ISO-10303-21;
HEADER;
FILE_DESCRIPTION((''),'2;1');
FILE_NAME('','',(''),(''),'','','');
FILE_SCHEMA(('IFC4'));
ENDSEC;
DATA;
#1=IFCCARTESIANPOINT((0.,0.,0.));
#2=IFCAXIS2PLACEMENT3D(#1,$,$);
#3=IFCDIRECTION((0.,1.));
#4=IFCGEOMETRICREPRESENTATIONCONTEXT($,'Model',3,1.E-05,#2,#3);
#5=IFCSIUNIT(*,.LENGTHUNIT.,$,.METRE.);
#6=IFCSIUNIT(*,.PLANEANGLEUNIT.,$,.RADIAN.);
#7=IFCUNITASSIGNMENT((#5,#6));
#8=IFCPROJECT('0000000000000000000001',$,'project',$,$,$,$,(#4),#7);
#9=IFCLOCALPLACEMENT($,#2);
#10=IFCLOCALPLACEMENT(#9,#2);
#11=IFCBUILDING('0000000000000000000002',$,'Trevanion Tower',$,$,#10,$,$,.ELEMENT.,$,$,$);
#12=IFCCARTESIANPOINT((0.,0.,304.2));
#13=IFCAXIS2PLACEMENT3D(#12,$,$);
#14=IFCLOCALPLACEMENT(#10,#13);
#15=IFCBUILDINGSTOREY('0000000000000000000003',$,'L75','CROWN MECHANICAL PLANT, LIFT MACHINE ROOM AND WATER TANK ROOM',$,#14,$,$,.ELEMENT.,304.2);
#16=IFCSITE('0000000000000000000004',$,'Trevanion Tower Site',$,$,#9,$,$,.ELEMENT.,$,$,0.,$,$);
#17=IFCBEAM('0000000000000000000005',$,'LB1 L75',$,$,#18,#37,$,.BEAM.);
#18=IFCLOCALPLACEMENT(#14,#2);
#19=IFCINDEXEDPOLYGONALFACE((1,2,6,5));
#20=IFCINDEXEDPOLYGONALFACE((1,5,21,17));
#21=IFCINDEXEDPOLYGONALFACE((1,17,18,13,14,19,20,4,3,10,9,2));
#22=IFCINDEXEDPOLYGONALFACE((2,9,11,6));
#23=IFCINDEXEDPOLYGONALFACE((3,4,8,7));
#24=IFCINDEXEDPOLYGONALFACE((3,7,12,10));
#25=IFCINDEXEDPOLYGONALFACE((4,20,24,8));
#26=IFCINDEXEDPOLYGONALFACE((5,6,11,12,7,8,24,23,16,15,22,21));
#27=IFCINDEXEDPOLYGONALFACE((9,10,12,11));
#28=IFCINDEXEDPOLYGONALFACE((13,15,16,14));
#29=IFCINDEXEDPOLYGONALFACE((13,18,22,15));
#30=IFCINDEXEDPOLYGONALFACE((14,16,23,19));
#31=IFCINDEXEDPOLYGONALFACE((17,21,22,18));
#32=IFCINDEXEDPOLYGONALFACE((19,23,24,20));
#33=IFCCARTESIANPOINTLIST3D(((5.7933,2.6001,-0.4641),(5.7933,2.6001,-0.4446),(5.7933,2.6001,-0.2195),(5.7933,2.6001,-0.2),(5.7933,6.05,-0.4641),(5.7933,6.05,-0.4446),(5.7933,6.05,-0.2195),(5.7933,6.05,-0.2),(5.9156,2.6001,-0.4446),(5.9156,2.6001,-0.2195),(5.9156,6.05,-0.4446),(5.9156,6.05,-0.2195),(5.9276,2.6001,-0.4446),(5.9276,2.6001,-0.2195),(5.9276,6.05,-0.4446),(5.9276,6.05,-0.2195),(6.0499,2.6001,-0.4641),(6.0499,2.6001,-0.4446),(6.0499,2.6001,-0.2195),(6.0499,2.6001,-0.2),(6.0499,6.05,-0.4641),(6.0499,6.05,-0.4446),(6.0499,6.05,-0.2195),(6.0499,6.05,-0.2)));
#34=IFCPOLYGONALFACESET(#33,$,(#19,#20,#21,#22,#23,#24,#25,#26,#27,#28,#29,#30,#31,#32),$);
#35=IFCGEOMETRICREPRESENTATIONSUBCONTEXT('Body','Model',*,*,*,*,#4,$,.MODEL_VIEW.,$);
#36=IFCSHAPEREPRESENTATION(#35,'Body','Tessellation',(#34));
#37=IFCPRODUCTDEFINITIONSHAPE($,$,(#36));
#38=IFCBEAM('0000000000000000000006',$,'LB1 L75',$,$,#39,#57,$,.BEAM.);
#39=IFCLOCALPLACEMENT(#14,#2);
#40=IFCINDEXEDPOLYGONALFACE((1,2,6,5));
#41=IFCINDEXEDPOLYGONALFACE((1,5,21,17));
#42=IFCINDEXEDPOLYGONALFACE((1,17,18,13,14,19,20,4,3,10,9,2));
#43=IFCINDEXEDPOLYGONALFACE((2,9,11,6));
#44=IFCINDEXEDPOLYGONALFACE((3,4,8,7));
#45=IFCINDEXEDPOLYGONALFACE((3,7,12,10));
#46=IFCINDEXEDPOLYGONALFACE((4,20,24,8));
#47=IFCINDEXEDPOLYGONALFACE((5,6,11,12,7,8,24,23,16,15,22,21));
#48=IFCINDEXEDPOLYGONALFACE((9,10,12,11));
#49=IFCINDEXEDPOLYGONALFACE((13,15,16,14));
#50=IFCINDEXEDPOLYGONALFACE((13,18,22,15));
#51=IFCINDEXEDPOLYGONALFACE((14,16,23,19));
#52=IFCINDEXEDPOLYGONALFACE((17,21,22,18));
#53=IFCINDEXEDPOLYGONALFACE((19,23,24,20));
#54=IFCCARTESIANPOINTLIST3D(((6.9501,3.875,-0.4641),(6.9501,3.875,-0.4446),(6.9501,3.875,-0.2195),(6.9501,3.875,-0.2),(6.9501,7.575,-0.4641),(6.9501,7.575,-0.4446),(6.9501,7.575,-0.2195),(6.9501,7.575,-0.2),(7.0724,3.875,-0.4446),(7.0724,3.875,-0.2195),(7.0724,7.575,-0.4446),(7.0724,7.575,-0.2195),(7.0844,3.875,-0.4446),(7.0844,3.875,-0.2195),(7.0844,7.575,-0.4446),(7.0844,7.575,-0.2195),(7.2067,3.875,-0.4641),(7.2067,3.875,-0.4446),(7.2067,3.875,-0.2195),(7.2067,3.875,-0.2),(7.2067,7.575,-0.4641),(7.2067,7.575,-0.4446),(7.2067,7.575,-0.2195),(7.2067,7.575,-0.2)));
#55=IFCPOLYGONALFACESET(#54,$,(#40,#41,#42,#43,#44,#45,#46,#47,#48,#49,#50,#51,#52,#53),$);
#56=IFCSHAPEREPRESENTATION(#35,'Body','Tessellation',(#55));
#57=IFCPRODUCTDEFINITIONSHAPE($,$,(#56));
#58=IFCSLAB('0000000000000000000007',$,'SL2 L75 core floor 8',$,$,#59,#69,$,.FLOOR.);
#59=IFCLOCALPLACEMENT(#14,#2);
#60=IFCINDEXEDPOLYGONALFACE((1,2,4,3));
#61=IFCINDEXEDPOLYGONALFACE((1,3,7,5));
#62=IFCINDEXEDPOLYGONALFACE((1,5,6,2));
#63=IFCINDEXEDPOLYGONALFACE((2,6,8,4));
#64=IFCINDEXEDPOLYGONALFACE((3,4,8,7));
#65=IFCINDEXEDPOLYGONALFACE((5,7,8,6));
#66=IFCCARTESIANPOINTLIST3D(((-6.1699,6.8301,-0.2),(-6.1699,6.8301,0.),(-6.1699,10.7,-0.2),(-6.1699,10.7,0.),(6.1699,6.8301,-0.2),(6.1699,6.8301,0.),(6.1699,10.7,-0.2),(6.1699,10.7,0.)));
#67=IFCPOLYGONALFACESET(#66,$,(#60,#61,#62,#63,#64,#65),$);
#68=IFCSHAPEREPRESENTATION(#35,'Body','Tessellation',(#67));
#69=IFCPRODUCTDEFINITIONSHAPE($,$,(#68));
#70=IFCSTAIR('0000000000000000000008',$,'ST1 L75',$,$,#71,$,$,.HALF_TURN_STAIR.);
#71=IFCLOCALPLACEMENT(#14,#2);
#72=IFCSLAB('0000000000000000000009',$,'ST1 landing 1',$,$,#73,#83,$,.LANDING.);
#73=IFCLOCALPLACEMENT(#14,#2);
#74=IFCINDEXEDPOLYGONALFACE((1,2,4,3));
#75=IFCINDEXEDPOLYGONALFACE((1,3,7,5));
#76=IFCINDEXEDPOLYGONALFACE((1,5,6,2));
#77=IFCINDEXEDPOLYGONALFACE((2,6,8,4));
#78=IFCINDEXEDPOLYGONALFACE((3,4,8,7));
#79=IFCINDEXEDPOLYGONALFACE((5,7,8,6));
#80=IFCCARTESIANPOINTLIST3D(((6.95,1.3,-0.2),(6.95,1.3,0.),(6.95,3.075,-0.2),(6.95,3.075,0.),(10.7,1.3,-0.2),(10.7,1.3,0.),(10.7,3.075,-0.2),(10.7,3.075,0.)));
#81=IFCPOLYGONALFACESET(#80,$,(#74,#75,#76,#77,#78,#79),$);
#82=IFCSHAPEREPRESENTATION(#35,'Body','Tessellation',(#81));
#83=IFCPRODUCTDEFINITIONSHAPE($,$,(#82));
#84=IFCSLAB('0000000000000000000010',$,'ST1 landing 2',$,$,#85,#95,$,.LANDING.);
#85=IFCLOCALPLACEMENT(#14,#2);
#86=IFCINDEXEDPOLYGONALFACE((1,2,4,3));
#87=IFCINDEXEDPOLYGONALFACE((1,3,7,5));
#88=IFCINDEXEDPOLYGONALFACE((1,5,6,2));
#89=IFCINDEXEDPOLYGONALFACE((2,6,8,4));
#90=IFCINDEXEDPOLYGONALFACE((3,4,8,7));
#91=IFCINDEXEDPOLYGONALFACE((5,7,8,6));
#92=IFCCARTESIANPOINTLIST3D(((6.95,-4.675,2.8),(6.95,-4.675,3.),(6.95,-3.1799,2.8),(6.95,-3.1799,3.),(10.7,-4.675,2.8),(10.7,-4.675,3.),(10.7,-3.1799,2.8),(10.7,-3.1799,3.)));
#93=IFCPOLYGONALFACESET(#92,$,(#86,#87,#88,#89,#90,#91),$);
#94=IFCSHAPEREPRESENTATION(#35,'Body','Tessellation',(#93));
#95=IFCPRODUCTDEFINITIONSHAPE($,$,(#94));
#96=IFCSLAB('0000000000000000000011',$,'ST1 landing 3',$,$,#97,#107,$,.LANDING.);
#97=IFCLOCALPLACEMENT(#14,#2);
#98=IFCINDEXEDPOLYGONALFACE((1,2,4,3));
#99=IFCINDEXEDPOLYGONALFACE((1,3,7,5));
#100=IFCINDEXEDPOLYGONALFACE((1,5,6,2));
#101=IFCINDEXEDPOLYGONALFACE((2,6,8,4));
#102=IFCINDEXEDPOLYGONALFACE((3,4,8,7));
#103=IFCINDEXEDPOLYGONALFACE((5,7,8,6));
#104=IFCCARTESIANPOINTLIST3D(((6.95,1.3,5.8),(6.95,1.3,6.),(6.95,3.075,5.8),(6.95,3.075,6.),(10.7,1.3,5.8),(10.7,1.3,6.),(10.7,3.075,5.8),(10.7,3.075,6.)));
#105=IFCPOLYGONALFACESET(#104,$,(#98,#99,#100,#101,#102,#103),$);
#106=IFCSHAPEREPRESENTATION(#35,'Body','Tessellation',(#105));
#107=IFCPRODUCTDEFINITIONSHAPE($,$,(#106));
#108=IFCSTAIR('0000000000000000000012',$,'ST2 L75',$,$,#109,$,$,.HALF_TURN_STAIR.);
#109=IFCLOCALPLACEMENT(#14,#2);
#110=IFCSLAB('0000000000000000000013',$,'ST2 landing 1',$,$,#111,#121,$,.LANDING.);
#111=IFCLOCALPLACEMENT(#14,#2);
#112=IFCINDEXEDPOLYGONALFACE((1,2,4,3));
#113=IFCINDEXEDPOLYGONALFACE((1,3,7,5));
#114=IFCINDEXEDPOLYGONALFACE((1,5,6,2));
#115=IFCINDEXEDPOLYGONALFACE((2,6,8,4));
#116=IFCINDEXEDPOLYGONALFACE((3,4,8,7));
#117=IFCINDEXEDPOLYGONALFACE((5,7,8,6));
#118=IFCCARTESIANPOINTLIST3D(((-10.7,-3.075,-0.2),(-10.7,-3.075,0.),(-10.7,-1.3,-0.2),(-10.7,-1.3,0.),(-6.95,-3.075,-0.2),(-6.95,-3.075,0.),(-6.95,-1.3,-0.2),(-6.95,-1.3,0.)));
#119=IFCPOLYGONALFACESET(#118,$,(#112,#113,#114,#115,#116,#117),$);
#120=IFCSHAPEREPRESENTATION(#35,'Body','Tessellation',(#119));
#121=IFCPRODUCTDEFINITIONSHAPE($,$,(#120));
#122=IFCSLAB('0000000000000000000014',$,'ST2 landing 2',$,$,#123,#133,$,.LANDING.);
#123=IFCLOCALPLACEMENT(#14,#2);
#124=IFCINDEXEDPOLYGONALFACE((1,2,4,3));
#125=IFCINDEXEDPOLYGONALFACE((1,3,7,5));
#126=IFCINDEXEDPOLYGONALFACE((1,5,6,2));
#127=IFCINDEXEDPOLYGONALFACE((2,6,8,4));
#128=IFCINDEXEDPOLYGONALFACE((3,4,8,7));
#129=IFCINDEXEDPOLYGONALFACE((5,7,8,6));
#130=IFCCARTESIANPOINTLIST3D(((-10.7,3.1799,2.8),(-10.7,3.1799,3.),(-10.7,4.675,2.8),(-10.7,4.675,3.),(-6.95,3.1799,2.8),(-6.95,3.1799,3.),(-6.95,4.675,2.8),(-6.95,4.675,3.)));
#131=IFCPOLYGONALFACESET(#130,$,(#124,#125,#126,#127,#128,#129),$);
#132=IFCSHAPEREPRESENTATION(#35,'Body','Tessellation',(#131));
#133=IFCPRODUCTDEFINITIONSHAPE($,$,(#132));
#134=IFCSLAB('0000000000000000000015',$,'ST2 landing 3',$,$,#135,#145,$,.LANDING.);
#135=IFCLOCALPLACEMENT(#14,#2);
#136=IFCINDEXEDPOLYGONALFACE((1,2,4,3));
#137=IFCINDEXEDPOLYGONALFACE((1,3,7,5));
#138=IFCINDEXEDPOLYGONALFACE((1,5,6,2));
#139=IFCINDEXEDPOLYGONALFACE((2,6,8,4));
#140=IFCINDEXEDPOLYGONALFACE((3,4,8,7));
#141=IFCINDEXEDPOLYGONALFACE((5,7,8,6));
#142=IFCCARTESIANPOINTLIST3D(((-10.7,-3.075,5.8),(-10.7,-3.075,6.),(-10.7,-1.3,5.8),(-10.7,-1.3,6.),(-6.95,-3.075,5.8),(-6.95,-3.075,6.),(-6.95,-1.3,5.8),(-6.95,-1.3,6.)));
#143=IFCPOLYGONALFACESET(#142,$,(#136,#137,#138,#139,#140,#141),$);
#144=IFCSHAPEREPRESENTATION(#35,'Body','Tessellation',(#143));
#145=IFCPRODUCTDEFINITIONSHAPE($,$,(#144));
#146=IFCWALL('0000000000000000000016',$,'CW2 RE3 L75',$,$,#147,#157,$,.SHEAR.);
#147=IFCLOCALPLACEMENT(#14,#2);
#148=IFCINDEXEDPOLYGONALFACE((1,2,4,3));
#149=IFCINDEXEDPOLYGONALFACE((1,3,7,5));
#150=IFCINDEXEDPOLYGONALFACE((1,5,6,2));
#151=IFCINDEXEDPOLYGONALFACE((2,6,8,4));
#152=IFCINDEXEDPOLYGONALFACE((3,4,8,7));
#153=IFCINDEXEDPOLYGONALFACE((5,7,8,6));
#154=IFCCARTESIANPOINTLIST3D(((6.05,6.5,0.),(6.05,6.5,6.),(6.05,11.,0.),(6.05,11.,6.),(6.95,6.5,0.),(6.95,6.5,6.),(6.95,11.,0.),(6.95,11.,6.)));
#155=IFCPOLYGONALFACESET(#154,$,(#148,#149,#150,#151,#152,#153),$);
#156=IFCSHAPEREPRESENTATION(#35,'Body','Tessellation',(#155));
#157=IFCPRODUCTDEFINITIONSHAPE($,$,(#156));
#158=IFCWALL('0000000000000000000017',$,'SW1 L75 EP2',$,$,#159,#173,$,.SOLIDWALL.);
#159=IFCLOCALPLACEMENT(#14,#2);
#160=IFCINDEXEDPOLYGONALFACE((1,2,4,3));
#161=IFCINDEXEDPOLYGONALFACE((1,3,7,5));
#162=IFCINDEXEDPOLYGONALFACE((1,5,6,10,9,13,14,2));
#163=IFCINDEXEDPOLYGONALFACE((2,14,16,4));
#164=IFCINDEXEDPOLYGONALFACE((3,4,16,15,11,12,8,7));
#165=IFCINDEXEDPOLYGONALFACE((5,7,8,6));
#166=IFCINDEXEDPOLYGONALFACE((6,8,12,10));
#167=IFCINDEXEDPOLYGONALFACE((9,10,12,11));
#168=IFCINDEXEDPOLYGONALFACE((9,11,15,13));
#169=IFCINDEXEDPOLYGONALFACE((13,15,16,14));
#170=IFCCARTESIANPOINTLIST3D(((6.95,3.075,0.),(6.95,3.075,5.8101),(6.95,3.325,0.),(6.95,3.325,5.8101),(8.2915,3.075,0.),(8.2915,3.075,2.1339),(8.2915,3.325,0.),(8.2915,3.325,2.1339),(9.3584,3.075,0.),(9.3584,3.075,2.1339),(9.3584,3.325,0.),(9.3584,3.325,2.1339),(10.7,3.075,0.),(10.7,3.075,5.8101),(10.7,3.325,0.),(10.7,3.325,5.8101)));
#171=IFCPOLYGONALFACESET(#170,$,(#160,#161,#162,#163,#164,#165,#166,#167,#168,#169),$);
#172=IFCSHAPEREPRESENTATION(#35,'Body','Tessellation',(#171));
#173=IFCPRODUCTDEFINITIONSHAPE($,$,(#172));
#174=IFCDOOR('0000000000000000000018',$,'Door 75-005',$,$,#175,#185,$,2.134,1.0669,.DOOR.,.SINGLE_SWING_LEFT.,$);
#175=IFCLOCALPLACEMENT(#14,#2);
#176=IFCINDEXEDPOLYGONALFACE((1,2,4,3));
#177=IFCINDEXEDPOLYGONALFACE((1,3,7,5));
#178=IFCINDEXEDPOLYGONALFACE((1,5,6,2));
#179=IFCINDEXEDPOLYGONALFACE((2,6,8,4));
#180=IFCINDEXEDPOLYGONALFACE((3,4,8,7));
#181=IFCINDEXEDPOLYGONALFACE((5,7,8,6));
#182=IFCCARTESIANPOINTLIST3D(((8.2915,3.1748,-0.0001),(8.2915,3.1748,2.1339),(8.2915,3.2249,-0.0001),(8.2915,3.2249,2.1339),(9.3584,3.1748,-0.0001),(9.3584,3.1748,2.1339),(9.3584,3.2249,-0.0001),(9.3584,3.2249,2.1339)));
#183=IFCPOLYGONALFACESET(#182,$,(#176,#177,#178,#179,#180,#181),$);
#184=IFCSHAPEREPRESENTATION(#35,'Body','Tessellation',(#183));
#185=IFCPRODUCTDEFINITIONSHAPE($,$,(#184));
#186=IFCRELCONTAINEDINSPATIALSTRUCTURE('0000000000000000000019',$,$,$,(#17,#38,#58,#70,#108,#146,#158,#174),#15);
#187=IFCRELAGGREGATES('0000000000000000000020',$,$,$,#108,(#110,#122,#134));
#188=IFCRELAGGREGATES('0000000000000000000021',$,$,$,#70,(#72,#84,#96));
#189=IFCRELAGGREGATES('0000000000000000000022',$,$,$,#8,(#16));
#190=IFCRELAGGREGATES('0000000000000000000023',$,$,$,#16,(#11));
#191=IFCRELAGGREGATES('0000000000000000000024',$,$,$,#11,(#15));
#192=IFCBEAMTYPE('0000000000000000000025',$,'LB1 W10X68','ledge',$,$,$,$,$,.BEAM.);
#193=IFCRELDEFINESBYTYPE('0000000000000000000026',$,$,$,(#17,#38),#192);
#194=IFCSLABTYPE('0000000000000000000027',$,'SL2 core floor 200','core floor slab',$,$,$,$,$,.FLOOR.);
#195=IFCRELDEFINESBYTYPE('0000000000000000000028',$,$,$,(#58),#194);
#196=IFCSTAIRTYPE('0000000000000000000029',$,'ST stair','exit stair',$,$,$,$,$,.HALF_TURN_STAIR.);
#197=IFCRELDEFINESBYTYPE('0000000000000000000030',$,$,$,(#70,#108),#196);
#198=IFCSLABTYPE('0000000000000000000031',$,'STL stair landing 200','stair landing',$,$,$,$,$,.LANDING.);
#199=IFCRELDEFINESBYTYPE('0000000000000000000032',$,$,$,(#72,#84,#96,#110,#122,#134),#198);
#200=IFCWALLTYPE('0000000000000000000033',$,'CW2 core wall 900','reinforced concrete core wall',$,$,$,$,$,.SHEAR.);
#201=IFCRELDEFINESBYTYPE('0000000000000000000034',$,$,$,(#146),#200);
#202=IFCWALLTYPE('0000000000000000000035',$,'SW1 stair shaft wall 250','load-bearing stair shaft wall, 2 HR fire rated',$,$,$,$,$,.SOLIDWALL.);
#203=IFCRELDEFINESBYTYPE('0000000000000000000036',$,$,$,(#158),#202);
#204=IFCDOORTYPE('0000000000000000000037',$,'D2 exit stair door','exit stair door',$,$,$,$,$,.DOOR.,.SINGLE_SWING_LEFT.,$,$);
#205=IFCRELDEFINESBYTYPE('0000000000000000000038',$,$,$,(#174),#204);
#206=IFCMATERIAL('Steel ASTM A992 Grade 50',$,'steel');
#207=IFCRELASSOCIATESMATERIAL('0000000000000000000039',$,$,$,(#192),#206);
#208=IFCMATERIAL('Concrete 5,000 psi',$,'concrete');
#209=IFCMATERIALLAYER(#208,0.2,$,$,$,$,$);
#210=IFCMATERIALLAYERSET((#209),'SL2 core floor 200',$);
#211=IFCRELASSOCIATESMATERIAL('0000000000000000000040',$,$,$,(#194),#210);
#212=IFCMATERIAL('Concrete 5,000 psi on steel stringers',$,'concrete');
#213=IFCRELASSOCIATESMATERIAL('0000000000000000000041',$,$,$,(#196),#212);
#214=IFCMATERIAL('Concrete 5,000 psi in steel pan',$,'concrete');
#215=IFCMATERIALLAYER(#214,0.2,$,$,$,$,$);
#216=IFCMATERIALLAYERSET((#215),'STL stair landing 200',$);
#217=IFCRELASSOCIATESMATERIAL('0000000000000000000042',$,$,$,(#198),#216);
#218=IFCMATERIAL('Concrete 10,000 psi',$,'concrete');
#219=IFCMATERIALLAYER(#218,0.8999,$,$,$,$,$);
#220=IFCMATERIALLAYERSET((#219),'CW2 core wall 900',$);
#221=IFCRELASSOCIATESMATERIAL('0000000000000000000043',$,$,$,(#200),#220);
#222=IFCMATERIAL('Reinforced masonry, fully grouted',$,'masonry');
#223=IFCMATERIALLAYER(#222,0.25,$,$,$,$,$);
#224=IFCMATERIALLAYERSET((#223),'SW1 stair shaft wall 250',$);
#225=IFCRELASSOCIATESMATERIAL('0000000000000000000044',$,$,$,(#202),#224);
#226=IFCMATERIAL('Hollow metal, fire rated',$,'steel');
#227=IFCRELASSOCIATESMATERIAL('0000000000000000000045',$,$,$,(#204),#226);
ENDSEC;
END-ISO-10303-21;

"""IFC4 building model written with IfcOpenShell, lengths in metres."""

from ifc_helpers import new_model, si_unit, direction, frame, frame_2d, origin, origin_2d, place, context, subcontext, project, spatial, polyline, rectangle, i_section, outline, extrude, material, layer, layer_set, material_profile, profile_set, type_object, element, fill, aggregate, save


model = new_model("IFC4")

# Units and contexts
model_context = context("Model", 3, precision=1e-05, world=origin(), true_north=direction((0.0, 1.0)))
body_context = subcontext(model_context, "Body", "Model", "MODEL_VIEW")
ifc_project = project(units=[si_unit("LENGTHUNIT", "METRE"), si_unit("PLANEANGLEUNIT", "RADIAN")], contexts=[model_context])

# Site, building, storey
site_placement = place(None, origin())
site = spatial("IfcSite", under=ifc_project, at=site_placement, Name="Trevanion Tower Site", CompositionType="ELEMENT", RefElevation=0.0)
building_placement = place(site_placement, origin())
building = spatial("IfcBuilding", under=site, at=building_placement, Name="Trevanion Tower", CompositionType="ELEMENT")
storey_placement = place(building_placement, frame((0.0, 0.0, 304.2)))
storey = spatial("IfcBuildingStorey", under=building, at=storey_placement, Name="L75", Description="CROWN MECHANICAL PLANT, LIFT MACHINE ROOM AND WATER TANK ROOM", CompositionType="ELEMENT", Elevation=304.2)

# Beams
ifc_material_1 = material(Name="Steel ASTM A992 Grade 50", Category="steel")
ifc_material_profile = material_profile(ifc_material_1, i_section(OverallWidth=0.2566, OverallDepth=0.2642, WebThickness=0.012, FlangeThickness=0.0195, at=origin_2d()), Name="W10X68")
ifc_profile_set = profile_set([ifc_material_profile], Name="Steel ASTM A992 Grade 50")
beam_type = type_object("IfcBeamType", Name="LB1 W10X68", Description="ledge", PredefinedType="BEAM", material=ifc_profile_set)
beam_1_placement = place(storey_placement, frame((5.9216, 2.6001, -0.332), z_axis=(0.0, 1.0, 0.0), x_axis=(-1.0, 0.0, 0.0)))
element("IfcBeam", 1, at=beam_1_placement, inside=storey, type_object=beam_type, Name="LB1 L75", PredefinedType="BEAM", context=body_context, shape_type="SweptSolid", body=[
    extrude(i_section(OverallWidth=0.2566, OverallDepth=0.2642, WebThickness=0.012, FlangeThickness=0.0195, at=origin_2d()), origin(), (0.0, 0.0, 1.0), 3.45),
])
beam_2_placement = place(storey_placement, frame((7.0784, 3.875, -0.332), z_axis=(0.0, 1.0, 0.0), x_axis=(-1.0, 0.0, 0.0)))
element("IfcBeam", 2, at=beam_2_placement, inside=storey, type_object=beam_type, Name="LB1 L75", PredefinedType="BEAM", context=body_context, shape_type="SweptSolid", body=[
    extrude(i_section(OverallWidth=0.2566, OverallDepth=0.2642, WebThickness=0.012, FlangeThickness=0.0195, at=origin_2d()), origin(), (0.0, 0.0, 1.0), 3.7),
])

# Slab
ifc_material_2 = material(Name="Concrete 5,000 psi", Category="concrete")
ifc_layer_1 = layer(ifc_material_2, 0.2)
ifc_layer_set_1 = layer_set([ifc_layer_1], Name="SL2 core floor 200")
slab_type_1 = type_object("IfcSlabType", Name="SL2 core floor 200", Description="core floor slab", PredefinedType="FLOOR", material=ifc_layer_set_1)
slab_1_placement = place(storey_placement, frame((0.0, 0.0, -0.2)))
element("IfcSlab", 3, at=slab_1_placement, inside=storey, type_object=slab_type_1, Name="SL2 L75 core floor 8", PredefinedType="FLOOR", context=body_context, shape_type="SweptSolid", body=[
    extrude(outline(polyline([(6.1699, 6.8301), (-6.1699, 6.8301), (-6.1699, 10.7), (6.1699, 10.7), (6.1699, 6.8301)])), origin(), (0.0, 0.0, 1.0), 0.2),
])

# Stairs, slabs
ifc_material_3 = material(Name="Concrete 5,000 psi on steel stringers", Category="concrete")
stair_type = type_object("IfcStairType", Name="ST stair", Description="exit stair", PredefinedType="HALF_TURN_STAIR", material=ifc_material_3)
stair_1_placement = place(storey_placement, origin())
stair_1 = element("IfcStair", 4, at=stair_1_placement, inside=storey, type_object=stair_type, Name="ST1 L75", PredefinedType="HALF_TURN_STAIR")
ifc_material_4 = material(Name="Concrete 5,000 psi in steel pan", Category="concrete")
ifc_layer_2 = layer(ifc_material_4, 0.2)
ifc_layer_set_2 = layer_set([ifc_layer_2], Name="STL stair landing 200")
slab_type_2 = type_object("IfcSlabType", Name="STL stair landing 200", Description="stair landing", PredefinedType="LANDING", material=ifc_layer_set_2)
slab_2_placement = place(storey_placement, frame((0.0, 0.0, -0.2)))
slab_2 = element("IfcSlab", 5, at=slab_2_placement, type_object=slab_type_2, Name="ST1 landing 1", PredefinedType="LANDING", context=body_context, shape_type="SweptSolid", body=[
    extrude(outline(polyline([(6.95, 1.3), (10.7, 1.3), (10.7, 3.075), (6.95, 3.075), (6.95, 1.3)])), origin(), (0.0, 0.0, 1.0), 0.2),
])
slab_3_placement = place(storey_placement, frame((0.0, 0.0, 2.8)))
slab_3 = element("IfcSlab", 6, at=slab_3_placement, type_object=slab_type_2, Name="ST1 landing 2", PredefinedType="LANDING", context=body_context, shape_type="SweptSolid", body=[
    extrude(outline(polyline([(6.95, -4.675), (10.7, -4.675), (10.7, -3.1799), (6.95, -3.1799), (6.95, -4.675)])), origin(), (0.0, 0.0, 1.0), 0.2),
])
slab_4_placement = place(storey_placement, frame((0.0, 0.0, 5.8)))
slab_4 = element("IfcSlab", 7, at=slab_4_placement, type_object=slab_type_2, Name="ST1 landing 3", PredefinedType="LANDING", context=body_context, shape_type="SweptSolid", body=[
    extrude(outline(polyline([(6.95, 1.3), (10.7, 1.3), (10.7, 3.075), (6.95, 3.075), (6.95, 1.3)])), origin(), (0.0, 0.0, 1.0), 0.2),
])
stair_2_placement = place(storey_placement, origin())
stair_2 = element("IfcStair", 8, at=stair_2_placement, inside=storey, type_object=stair_type, Name="ST2 L75", PredefinedType="HALF_TURN_STAIR")
slab_5_placement = place(storey_placement, frame((0.0, 0.0, -0.2)))
slab_5 = element("IfcSlab", 9, at=slab_5_placement, type_object=slab_type_2, Name="ST2 landing 1", PredefinedType="LANDING", context=body_context, shape_type="SweptSolid", body=[
    extrude(outline(polyline([(-6.95, -1.3), (-10.7, -1.3), (-10.7, -3.075), (-6.95, -3.075), (-6.95, -1.3)])), origin(), (0.0, 0.0, 1.0), 0.2),
])
slab_6_placement = place(storey_placement, frame((0.0, 0.0, 2.8)))
slab_6 = element("IfcSlab", 10, at=slab_6_placement, type_object=slab_type_2, Name="ST2 landing 2", PredefinedType="LANDING", context=body_context, shape_type="SweptSolid", body=[
    extrude(outline(polyline([(-6.95, 4.675), (-10.7, 4.675), (-10.7, 3.1799), (-6.95, 3.1799), (-6.95, 4.675)])), origin(), (0.0, 0.0, 1.0), 0.2),
])
slab_7_placement = place(storey_placement, frame((0.0, 0.0, 5.8)))
slab_7 = element("IfcSlab", 11, at=slab_7_placement, type_object=slab_type_2, Name="ST2 landing 3", PredefinedType="LANDING", context=body_context, shape_type="SweptSolid", body=[
    extrude(outline(polyline([(-6.95, -1.3), (-10.7, -1.3), (-10.7, -3.075), (-6.95, -3.075), (-6.95, -1.3)])), origin(), (0.0, 0.0, 1.0), 0.2),
])
aggregate(stair_2, [slab_5, slab_6, slab_7])

# Wall
ifc_material_5 = material(Name="Concrete 10,000 psi", Category="concrete")
ifc_layer_3 = layer(ifc_material_5, 0.8999)
ifc_layer_set_3 = layer_set([ifc_layer_3], Name="CW2 core wall 900")
wall_type_1 = type_object("IfcWallType", Name="CW2 core wall 900", Description="reinforced concrete core wall", PredefinedType="SHEAR", material=ifc_layer_set_3)
wall_1_placement = place(storey_placement, frame((6.5, 6.5, 0.0), z_axis=(0.0, 0.0, 1.0), x_axis=(0.0, 1.0, 0.0)))
element("IfcWall", 12, at=wall_1_placement, inside=storey, type_object=wall_type_1, Name="CW2 RE3 L75", PredefinedType="SHEAR", context=body_context, shape_type="SweptSolid", body=[
    extrude(rectangle(XDim=4.5, YDim=0.8999, at=frame_2d((2.25, 0.0))), origin(), (0.0, 0.0, 1.0), 6.0),
])

# Wall, opening, door
ifc_material_6 = material(Name="Reinforced masonry, fully grouted", Category="masonry")
ifc_layer_4 = layer(ifc_material_6, 0.25)
ifc_layer_set_4 = layer_set([ifc_layer_4], Name="SW1 stair shaft wall 250")
wall_type_2 = type_object("IfcWallType", Name="SW1 stair shaft wall 250", Description="load-bearing stair shaft wall, 2 HR fire rated", PredefinedType="SOLIDWALL", material=ifc_layer_set_4)
wall_2_placement = place(storey_placement, frame((6.95, 3.2, 0.0), z_axis=(0.0, 0.0, 1.0), x_axis=(1.0, 0.0, 0.0)))
wall_2 = element("IfcWall", 13, at=wall_2_placement, inside=storey, type_object=wall_type_2, Name="SW1 L75 EP2", PredefinedType="SOLIDWALL", context=body_context, shape_type="SweptSolid", body=[
    extrude(rectangle(XDim=3.75, YDim=0.25, at=frame_2d((1.875, 0.0))), origin(), (0.0, 0.0, 1.0), 5.8101),
])
opening_placement = place(wall_2_placement, frame((1.3416, 0.0, 0.0)))
opening = element("IfcOpeningElement", 14, at=opening_placement, cuts=wall_2, PredefinedType="OPENING", context=body_context, shape_type="SweptSolid", body=[
    extrude(rectangle(XDim=1.0669, YDim=2.134, at=frame_2d((0.5334, 1.0669))), frame((0.0, 0.135, 0.0), z_axis=(0.0, -1.0, 0.0), x_axis=(1.0, 0.0, 0.0)), (0.0, 0.0, 1.0), 0.27),
])
ifc_material_7 = material(Name="Hollow metal, fire rated", Category="steel")
door_type = type_object("IfcDoorType", Name="D2 exit stair door", Description="exit stair door", OperationType="SINGLE_SWING_LEFT", PredefinedType="DOOR", material=ifc_material_7)
door_placement = place(opening_placement, origin())
door = element("IfcDoor", 15, at=door_placement, inside=storey, type_object=door_type, Name="Door 75-005", OperationType="SINGLE_SWING_LEFT", OverallHeight=2.134, OverallWidth=1.0669, PredefinedType="DOOR", context=body_context, shape_type="SweptSolid", body=[
    extrude(rectangle(XDim=1.0669, YDim=2.134, at=frame_2d((0.5334, 1.0669))), frame((0.0, 0.0249, 0.0), z_axis=(0.0, -1.0, 0.0), x_axis=(1.0, 0.0, 0.0)), (0.0, 0.0, 1.0), 0.05),
])
fill(opening, door)

aggregate(stair_1, [slab_2, slab_3, slab_4])

save(model, "model.ifc")
